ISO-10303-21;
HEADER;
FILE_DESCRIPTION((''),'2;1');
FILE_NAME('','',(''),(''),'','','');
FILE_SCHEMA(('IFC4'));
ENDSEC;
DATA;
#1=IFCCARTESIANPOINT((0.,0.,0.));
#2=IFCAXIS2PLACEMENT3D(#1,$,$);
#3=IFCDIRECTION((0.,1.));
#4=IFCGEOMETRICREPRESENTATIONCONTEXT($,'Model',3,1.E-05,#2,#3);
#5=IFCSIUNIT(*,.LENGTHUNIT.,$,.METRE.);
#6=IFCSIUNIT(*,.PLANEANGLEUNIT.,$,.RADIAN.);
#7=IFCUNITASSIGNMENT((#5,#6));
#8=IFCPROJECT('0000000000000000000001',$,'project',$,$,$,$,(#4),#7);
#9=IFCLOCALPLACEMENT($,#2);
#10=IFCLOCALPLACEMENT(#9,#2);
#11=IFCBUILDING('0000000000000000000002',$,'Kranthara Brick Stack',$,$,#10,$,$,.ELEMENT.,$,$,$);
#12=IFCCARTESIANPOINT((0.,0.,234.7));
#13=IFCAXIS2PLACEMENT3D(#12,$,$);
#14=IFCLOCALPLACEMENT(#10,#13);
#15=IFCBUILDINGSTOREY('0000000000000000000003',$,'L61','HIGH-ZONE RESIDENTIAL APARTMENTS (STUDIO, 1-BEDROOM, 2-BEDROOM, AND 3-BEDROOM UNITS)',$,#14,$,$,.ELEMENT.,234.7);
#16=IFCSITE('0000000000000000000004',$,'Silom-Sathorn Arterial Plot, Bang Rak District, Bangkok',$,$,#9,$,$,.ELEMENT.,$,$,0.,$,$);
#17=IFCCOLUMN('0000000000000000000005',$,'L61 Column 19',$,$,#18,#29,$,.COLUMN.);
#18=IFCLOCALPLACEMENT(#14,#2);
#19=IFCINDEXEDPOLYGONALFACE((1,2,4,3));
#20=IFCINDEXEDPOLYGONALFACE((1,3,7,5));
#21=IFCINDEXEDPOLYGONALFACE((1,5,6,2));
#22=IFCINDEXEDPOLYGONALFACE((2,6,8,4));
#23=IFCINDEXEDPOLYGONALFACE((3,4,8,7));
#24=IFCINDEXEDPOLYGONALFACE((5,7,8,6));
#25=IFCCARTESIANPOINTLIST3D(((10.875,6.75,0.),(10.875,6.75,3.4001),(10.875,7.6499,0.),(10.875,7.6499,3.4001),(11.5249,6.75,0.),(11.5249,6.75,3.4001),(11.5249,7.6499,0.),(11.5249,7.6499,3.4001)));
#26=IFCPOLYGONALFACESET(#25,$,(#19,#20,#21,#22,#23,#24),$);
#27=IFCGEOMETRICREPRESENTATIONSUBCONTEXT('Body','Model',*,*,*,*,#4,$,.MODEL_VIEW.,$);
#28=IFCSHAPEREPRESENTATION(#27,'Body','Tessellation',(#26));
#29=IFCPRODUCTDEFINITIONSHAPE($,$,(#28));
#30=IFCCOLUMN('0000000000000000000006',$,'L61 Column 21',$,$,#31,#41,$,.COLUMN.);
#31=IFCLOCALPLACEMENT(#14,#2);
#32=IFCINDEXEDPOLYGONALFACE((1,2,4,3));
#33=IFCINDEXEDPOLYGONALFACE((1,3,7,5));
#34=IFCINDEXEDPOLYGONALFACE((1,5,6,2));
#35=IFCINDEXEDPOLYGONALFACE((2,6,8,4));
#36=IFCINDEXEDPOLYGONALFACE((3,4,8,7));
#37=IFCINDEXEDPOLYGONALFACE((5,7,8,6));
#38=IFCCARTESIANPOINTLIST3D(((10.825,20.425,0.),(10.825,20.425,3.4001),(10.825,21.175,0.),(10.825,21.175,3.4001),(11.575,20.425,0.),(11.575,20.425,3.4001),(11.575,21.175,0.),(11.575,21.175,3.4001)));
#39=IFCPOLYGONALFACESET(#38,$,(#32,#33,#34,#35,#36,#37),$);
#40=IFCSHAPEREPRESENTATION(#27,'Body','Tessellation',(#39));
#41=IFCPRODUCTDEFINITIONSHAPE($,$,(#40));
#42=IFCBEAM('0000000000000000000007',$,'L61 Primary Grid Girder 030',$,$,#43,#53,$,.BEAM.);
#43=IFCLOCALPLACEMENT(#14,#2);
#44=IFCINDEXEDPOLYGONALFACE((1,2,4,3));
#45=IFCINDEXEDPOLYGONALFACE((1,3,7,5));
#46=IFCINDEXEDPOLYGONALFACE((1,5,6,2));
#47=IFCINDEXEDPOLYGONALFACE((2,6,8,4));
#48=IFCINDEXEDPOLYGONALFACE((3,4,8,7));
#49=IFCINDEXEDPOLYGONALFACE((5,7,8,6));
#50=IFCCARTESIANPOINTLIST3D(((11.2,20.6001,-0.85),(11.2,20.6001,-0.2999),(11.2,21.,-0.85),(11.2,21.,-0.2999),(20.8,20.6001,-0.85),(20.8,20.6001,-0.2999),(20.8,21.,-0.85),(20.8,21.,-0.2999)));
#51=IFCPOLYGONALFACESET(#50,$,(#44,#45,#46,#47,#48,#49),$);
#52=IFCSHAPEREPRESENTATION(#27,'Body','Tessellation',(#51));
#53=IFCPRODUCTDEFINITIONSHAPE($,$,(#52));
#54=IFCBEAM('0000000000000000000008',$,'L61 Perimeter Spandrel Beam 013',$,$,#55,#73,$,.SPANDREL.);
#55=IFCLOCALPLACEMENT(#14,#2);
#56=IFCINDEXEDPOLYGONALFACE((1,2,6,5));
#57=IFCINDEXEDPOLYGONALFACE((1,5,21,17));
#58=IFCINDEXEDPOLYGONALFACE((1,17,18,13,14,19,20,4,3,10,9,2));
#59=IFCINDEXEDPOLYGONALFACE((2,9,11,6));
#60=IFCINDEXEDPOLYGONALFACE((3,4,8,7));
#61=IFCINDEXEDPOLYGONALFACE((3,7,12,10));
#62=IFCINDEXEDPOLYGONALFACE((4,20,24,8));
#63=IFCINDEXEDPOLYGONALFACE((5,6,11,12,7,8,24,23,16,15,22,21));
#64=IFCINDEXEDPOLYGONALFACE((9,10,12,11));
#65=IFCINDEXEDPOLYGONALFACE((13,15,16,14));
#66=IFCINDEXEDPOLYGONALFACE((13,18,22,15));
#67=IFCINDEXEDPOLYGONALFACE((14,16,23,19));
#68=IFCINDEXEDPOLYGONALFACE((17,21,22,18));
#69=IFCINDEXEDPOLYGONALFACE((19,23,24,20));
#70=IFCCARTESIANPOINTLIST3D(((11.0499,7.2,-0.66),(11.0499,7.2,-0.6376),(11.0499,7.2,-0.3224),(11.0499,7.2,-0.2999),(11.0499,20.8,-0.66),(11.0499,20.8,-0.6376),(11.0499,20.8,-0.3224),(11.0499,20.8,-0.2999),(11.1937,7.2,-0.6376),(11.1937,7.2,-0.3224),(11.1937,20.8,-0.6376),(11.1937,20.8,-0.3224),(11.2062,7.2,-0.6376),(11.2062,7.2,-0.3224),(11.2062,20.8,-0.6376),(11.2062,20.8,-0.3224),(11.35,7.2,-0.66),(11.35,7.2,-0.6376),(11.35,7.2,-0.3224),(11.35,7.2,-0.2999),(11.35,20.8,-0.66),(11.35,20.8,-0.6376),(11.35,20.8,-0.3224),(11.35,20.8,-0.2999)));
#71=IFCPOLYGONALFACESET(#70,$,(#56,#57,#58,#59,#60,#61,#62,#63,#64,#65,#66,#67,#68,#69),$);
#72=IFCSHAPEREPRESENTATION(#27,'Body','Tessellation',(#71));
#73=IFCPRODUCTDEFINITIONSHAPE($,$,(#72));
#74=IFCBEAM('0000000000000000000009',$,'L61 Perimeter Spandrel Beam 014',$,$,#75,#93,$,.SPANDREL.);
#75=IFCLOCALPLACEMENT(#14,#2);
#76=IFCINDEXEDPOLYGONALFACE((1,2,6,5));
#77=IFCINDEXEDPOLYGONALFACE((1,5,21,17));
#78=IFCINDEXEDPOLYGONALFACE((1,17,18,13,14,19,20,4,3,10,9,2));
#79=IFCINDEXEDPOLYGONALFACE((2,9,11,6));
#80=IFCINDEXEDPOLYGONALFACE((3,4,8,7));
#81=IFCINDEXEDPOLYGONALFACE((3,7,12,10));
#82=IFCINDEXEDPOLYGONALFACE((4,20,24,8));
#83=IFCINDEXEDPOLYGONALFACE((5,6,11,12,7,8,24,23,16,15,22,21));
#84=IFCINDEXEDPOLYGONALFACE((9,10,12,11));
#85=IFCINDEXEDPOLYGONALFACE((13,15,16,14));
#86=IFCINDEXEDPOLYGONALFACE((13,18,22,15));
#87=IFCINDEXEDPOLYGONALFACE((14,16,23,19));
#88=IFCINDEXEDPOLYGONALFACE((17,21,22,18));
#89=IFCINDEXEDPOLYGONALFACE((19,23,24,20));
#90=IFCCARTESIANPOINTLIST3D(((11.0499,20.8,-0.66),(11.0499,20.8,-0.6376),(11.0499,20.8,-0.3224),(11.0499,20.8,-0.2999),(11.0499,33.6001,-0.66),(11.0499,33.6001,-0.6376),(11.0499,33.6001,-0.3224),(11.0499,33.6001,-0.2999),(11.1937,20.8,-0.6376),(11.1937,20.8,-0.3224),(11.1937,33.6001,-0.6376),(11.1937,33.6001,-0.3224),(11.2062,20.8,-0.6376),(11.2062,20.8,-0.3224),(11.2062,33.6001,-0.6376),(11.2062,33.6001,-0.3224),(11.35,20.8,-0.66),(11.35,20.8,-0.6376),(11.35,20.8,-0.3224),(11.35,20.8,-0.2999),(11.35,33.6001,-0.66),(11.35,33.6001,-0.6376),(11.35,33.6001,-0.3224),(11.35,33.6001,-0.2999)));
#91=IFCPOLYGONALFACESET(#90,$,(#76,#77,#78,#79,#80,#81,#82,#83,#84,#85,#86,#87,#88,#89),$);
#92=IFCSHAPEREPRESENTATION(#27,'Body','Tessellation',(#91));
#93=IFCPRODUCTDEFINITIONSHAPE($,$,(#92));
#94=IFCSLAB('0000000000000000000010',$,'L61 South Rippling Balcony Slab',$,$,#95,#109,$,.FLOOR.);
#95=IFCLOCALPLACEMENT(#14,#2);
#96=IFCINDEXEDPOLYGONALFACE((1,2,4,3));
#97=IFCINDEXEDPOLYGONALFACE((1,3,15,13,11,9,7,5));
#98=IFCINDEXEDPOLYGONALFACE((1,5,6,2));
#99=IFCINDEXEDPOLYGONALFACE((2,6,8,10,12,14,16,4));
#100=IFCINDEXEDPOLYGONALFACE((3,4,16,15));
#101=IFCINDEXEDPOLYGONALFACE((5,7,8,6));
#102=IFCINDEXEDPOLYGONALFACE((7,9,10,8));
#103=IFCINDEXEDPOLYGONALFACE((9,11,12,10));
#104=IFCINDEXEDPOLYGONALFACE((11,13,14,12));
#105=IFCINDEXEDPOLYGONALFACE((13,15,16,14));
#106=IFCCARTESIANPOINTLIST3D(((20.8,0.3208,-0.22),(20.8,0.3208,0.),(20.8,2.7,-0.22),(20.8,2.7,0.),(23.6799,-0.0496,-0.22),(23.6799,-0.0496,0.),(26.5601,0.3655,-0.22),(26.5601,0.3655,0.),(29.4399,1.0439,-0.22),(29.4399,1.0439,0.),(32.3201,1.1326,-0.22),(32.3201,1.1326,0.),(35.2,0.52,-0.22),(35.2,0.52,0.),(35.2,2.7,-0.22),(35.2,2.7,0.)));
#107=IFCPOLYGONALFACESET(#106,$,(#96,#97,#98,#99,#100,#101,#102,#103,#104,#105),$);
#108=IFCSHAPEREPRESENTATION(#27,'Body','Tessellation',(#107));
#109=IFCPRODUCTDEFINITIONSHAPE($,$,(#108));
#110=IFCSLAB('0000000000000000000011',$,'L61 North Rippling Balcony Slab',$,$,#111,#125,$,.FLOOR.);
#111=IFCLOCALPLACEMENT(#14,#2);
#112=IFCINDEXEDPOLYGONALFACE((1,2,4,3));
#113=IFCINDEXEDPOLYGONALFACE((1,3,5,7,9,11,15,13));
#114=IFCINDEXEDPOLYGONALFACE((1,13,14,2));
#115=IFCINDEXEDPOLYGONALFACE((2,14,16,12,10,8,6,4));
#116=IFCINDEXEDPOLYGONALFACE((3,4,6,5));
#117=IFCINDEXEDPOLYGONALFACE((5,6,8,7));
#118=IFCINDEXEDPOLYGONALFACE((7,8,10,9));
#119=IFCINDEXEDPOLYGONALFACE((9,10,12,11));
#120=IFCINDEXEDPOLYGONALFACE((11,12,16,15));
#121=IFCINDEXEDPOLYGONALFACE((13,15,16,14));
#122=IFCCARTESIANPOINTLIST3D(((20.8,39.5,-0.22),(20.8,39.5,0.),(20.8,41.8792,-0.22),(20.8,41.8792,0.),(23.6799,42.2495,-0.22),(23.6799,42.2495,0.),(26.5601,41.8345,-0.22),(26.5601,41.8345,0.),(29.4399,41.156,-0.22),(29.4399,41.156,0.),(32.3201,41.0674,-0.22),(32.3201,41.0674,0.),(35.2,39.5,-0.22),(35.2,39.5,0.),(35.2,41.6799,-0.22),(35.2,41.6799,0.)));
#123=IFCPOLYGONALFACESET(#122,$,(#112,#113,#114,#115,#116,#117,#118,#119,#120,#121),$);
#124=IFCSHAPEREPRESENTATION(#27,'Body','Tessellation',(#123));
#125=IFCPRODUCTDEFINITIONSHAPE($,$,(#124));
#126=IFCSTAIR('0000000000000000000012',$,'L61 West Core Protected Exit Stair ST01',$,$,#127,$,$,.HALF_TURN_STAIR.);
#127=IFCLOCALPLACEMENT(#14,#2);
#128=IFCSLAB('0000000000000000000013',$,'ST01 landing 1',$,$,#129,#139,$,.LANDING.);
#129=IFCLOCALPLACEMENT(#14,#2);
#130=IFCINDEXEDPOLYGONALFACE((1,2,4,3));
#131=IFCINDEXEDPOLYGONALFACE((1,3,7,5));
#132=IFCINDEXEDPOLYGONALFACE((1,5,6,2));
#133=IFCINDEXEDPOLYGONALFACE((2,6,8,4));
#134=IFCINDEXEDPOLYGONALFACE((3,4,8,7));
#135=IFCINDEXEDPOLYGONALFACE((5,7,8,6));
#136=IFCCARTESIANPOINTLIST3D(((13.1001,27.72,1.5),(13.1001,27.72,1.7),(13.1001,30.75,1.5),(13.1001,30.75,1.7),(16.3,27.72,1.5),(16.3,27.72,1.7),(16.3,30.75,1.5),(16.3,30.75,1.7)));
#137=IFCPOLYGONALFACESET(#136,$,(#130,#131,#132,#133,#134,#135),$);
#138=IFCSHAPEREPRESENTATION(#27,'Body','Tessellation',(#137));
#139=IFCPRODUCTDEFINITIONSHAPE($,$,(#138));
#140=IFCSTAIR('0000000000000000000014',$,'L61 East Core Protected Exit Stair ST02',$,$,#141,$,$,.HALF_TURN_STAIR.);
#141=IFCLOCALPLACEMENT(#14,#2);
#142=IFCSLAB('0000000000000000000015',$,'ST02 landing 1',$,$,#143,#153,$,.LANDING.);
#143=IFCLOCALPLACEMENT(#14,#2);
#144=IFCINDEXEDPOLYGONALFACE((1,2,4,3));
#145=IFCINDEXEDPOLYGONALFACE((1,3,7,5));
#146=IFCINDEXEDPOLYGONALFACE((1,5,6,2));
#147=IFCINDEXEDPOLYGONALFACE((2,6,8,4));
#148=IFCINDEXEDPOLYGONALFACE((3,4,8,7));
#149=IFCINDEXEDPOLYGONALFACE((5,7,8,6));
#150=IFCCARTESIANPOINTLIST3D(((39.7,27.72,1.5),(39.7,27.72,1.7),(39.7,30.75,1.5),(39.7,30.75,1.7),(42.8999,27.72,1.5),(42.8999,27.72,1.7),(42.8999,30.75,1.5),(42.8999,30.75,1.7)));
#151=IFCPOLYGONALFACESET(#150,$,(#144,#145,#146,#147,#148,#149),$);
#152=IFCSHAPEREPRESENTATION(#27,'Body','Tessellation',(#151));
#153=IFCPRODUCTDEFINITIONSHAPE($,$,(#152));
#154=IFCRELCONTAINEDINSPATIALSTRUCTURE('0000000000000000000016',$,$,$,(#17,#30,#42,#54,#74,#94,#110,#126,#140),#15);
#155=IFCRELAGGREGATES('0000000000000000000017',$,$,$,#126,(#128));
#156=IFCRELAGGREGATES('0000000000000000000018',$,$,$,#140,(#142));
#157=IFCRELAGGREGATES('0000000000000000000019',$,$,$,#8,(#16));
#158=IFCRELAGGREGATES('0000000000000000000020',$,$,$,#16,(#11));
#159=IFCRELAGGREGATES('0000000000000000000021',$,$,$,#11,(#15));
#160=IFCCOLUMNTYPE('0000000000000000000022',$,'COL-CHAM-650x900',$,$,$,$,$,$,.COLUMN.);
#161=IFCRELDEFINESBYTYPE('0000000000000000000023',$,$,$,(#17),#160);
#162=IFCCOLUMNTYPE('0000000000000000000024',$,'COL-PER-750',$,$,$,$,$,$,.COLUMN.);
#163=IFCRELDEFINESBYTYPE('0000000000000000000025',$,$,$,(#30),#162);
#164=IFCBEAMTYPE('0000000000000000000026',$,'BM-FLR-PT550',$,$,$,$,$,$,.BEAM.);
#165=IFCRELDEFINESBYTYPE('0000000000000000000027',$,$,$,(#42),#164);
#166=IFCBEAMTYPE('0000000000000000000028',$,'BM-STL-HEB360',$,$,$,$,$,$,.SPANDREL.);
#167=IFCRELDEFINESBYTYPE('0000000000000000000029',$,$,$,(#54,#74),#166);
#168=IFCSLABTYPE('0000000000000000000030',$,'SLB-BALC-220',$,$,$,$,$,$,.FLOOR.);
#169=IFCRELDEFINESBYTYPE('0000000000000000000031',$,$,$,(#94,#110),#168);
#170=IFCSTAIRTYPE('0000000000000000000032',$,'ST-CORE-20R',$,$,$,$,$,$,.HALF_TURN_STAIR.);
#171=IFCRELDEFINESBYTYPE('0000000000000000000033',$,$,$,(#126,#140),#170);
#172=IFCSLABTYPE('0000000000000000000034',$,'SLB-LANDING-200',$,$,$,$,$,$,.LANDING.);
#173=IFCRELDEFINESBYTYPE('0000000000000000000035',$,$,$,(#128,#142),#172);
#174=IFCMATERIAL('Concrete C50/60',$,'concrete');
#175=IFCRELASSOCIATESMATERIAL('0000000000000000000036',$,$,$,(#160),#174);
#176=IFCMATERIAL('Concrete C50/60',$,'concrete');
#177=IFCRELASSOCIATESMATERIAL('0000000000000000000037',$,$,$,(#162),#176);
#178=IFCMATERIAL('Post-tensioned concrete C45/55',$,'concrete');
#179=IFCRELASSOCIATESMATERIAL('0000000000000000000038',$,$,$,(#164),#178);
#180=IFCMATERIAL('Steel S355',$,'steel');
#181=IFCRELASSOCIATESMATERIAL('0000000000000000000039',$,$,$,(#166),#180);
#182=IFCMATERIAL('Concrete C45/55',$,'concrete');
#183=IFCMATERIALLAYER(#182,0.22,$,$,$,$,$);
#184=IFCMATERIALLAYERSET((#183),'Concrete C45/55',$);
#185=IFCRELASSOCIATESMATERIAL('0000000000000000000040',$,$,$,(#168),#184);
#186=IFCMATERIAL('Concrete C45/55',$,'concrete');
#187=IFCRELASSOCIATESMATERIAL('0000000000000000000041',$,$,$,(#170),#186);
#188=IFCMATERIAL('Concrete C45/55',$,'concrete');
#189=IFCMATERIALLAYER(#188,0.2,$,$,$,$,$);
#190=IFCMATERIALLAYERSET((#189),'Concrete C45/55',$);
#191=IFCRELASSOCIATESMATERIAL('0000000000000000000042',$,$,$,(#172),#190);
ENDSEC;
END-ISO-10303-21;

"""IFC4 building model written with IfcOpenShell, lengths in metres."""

from ifc_helpers import new_model, si_unit, direction, frame, origin, origin_2d, place, context, subcontext, project, spatial, polyline, rectangle, i_section, outline, extrude, material, layer, layer_set, material_profile, profile_set, type_object, element, aggregate, save


model = new_model("IFC4")

# Units and contexts
model_context = context("Model", 3, precision=1e-05, world=origin(), true_north=direction((0.0, 1.0)))
body_context = subcontext(model_context, "Body", "Model", "MODEL_VIEW")
ifc_project = project(units=[si_unit("LENGTHUNIT", "METRE"), si_unit("PLANEANGLEUNIT", "RADIAN")], contexts=[model_context])

# Site, building, storey
site_placement = place(None, origin())
site = spatial("IfcSite", under=ifc_project, at=site_placement, Name="Silom-Sathorn Arterial Plot, Bang Rak District, Bangkok", CompositionType="ELEMENT", RefElevation=0.0)
building_placement = place(site_placement, origin())
building = spatial("IfcBuilding", under=site, at=building_placement, Name="Kranthara Brick Stack", CompositionType="ELEMENT")
storey_placement = place(building_placement, frame((0.0, 0.0, 234.7)))
storey = spatial("IfcBuildingStorey", under=building, at=storey_placement, Name="L61", Description="HIGH-ZONE RESIDENTIAL APARTMENTS (STUDIO, 1-BEDROOM, 2-BEDROOM, AND 3-BEDROOM UNITS)", CompositionType="ELEMENT", Elevation=234.7)

# Columns
ifc_material_1 = material(Name="Concrete C50/60", Category="concrete")
ifc_material_profile_1 = material_profile(ifc_material_1, rectangle(XDim=0.6499, YDim=0.8999, at=origin_2d()), Name="RC 650x900")
ifc_profile_set_1 = profile_set([ifc_material_profile_1], Name="Concrete C50/60")
column_type_1 = type_object("IfcColumnType", Name="COL-CHAM-650x900", PredefinedType="COLUMN", material=ifc_profile_set_1)
column_1_placement = place(storey_placement, frame((11.2, 7.2, 0.0), z_axis=(0.0, 0.0, 1.0), x_axis=(1.0, 0.0, 0.0)))
element("IfcColumn", 1, at=column_1_placement, inside=storey, type_object=column_type_1, Name="L61 Column 19", PredefinedType="COLUMN", context=body_context, shape_type="SweptSolid", body=[
    extrude(rectangle(XDim=0.6499, YDim=0.8999, at=origin_2d()), origin(), (0.0, 0.0, 1.0), 3.4001),
])
ifc_material_2 = material(Name="Concrete C50/60", Category="concrete")
ifc_material_profile_2 = material_profile(ifc_material_2, rectangle(XDim=0.75, YDim=0.75, at=origin_2d()), Name="RC 750x750")
ifc_profile_set_2 = profile_set([ifc_material_profile_2], Name="Concrete C50/60")
column_type_2 = type_object("IfcColumnType", Name="COL-PER-750", PredefinedType="COLUMN", material=ifc_profile_set_2)
column_2_placement = place(storey_placement, frame((11.2, 20.8, 0.0), z_axis=(0.0, 0.0, 1.0), x_axis=(1.0, 0.0, 0.0)))
element("IfcColumn", 2, at=column_2_placement, inside=storey, type_object=column_type_2, Name="L61 Column 21", PredefinedType="COLUMN", context=body_context, shape_type="SweptSolid", body=[
    extrude(rectangle(XDim=0.75, YDim=0.75, at=origin_2d()), origin(), (0.0, 0.0, 1.0), 3.4001),
])

# Beams
ifc_material_3 = material(Name="Post-tensioned concrete C45/55", Category="concrete")
ifc_material_profile_3 = material_profile(ifc_material_3, rectangle(XDim=0.3999, YDim=0.55, at=origin_2d()), Name="PT 400x550")
ifc_profile_set_3 = profile_set([ifc_material_profile_3], Name="Post-tensioned concrete C45/55")
beam_type_1 = type_object("IfcBeamType", Name="BM-FLR-PT550", PredefinedType="BEAM", material=ifc_profile_set_3)
beam_1_placement = place(storey_placement, frame((11.2, 20.8, -0.575), z_axis=(1.0, 0.0, 0.0), x_axis=(0.0, 1.0, 0.0)))
element("IfcBeam", 3, at=beam_1_placement, inside=storey, type_object=beam_type_1, Name="L61 Primary Grid Girder 030", PredefinedType="BEAM", context=body_context, shape_type="SweptSolid", body=[
    extrude(rectangle(XDim=0.3999, YDim=0.55, at=origin_2d()), origin(), (0.0, 0.0, 1.0), 9.6001),
])
ifc_material_4 = material(Name="Steel S355", Category="steel")
ifc_material_profile_4 = material_profile(ifc_material_4, i_section(OverallWidth=0.3, OverallDepth=0.3601, WebThickness=0.0125, FlangeThickness=0.0225, at=origin_2d()), Name="HEB 360")
ifc_profile_set_4 = profile_set([ifc_material_profile_4], Name="Steel S355")
beam_type_2 = type_object("IfcBeamType", Name="BM-STL-HEB360", PredefinedType="SPANDREL", material=ifc_profile_set_4)
beam_2_placement = place(storey_placement, frame((11.2, 7.2, -0.48), z_axis=(0.0, 1.0, 0.0), x_axis=(-1.0, 0.0, 0.0)))
element("IfcBeam", 4, at=beam_2_placement, inside=storey, type_object=beam_type_2, Name="L61 Perimeter Spandrel Beam 013", PredefinedType="SPANDREL", context=body_context, shape_type="SweptSolid", body=[
    extrude(i_section(OverallWidth=0.3, OverallDepth=0.3601, WebThickness=0.0125, FlangeThickness=0.0225, at=origin_2d()), origin(), (0.0, 0.0, 1.0), 13.6001),
])
beam_3_placement = place(storey_placement, frame((11.2, 20.8, -0.48), z_axis=(0.0, 1.0, 0.0), x_axis=(-1.0, 0.0, 0.0)))
element("IfcBeam", 5, at=beam_3_placement, inside=storey, type_object=beam_type_2, Name="L61 Perimeter Spandrel Beam 014", PredefinedType="SPANDREL", context=body_context, shape_type="SweptSolid", body=[
    extrude(i_section(OverallWidth=0.3, OverallDepth=0.3601, WebThickness=0.0125, FlangeThickness=0.0225, at=origin_2d()), origin(), (0.0, 0.0, 1.0), 12.8),
])

# Slabs
ifc_material_5 = material(Name="Concrete C45/55", Category="concrete")
ifc_layer_1 = layer(ifc_material_5, 0.22)
ifc_layer_set_1 = layer_set([ifc_layer_1], Name="Concrete C45/55")
slab_type_1 = type_object("IfcSlabType", Name="SLB-BALC-220", PredefinedType="FLOOR", material=ifc_layer_set_1)
slab_1_placement = place(storey_placement, frame((0.0, 0.0, -0.22)))
element("IfcSlab", 6, at=slab_1_placement, inside=storey, type_object=slab_type_1, Name="L61 South Rippling Balcony Slab", PredefinedType="FLOOR", context=body_context, shape_type="SweptSolid", body=[
    extrude(outline(polyline([(20.8, 2.7), (35.2, 2.7), (35.2, 0.52), (32.3201, 1.1326), (29.4399, 1.0439), (26.5601, 0.3655), (23.6799, -0.0496), (20.8, 0.3208), (20.8, 2.7)])), origin(), (0.0, 0.0, 1.0), 0.22),
])
slab_2_placement = place(storey_placement, frame((0.0, 0.0, -0.22)))
element("IfcSlab", 7, at=slab_2_placement, inside=storey, type_object=slab_type_1, Name="L61 North Rippling Balcony Slab", PredefinedType="FLOOR", context=body_context, shape_type="SweptSolid", body=[
    extrude(outline(polyline([(35.2, 39.5), (20.8, 39.5), (20.8, 41.8792), (23.6799, 42.2495), (26.5601, 41.8345), (29.4399, 41.156), (32.3201, 41.0674), (35.2, 41.6799), (35.2, 39.5)])), origin(), (0.0, 0.0, 1.0), 0.22),
])

# Stairs, slabs
ifc_material_6 = material(Name="Concrete C45/55", Category="concrete")
stair_type = type_object("IfcStairType", Name="ST-CORE-20R", PredefinedType="HALF_TURN_STAIR", material=ifc_material_6)
stair_1_placement = place(storey_placement, origin())
stair_1 = element("IfcStair", 8, at=stair_1_placement, inside=storey, type_object=stair_type, Name="L61 West Core Protected Exit Stair ST01", PredefinedType="HALF_TURN_STAIR")
ifc_material_7 = material(Name="Concrete C45/55", Category="concrete")
ifc_layer_2 = layer(ifc_material_7, 0.2)
ifc_layer_set_2 = layer_set([ifc_layer_2], Name="Concrete C45/55")
slab_type_2 = type_object("IfcSlabType", Name="SLB-LANDING-200", PredefinedType="LANDING", material=ifc_layer_set_2)
slab_3_placement = place(storey_placement, frame((0.0, 0.0, 1.5)))
slab_3 = element("IfcSlab", 9, at=slab_3_placement, type_object=slab_type_2, Name="ST01 landing 1", PredefinedType="LANDING", context=body_context, shape_type="SweptSolid", body=[
    extrude(outline(polyline([(16.3, 27.72), (16.3, 30.75), (13.1001, 30.75), (13.1001, 27.72), (16.3, 27.72)])), origin(), (0.0, 0.0, 1.0), 0.2),
])
aggregate(stair_1, [slab_3])
stair_2_placement = place(storey_placement, origin())
stair_2 = element("IfcStair", 10, at=stair_2_placement, inside=storey, type_object=stair_type, Name="L61 East Core Protected Exit Stair ST02", PredefinedType="HALF_TURN_STAIR")
slab_4_placement = place(storey_placement, frame((0.0, 0.0, 1.5)))
slab_4 = element("IfcSlab", 11, at=slab_4_placement, type_object=slab_type_2, Name="ST02 landing 1", PredefinedType="LANDING", context=body_context, shape_type="SweptSolid", body=[
    extrude(outline(polyline([(42.8999, 27.72), (42.8999, 30.75), (39.7, 30.75), (39.7, 27.72), (42.8999, 27.72)])), origin(), (0.0, 0.0, 1.0), 0.2),
])
aggregate(stair_2, [slab_4])

save(model, "model.ifc")
